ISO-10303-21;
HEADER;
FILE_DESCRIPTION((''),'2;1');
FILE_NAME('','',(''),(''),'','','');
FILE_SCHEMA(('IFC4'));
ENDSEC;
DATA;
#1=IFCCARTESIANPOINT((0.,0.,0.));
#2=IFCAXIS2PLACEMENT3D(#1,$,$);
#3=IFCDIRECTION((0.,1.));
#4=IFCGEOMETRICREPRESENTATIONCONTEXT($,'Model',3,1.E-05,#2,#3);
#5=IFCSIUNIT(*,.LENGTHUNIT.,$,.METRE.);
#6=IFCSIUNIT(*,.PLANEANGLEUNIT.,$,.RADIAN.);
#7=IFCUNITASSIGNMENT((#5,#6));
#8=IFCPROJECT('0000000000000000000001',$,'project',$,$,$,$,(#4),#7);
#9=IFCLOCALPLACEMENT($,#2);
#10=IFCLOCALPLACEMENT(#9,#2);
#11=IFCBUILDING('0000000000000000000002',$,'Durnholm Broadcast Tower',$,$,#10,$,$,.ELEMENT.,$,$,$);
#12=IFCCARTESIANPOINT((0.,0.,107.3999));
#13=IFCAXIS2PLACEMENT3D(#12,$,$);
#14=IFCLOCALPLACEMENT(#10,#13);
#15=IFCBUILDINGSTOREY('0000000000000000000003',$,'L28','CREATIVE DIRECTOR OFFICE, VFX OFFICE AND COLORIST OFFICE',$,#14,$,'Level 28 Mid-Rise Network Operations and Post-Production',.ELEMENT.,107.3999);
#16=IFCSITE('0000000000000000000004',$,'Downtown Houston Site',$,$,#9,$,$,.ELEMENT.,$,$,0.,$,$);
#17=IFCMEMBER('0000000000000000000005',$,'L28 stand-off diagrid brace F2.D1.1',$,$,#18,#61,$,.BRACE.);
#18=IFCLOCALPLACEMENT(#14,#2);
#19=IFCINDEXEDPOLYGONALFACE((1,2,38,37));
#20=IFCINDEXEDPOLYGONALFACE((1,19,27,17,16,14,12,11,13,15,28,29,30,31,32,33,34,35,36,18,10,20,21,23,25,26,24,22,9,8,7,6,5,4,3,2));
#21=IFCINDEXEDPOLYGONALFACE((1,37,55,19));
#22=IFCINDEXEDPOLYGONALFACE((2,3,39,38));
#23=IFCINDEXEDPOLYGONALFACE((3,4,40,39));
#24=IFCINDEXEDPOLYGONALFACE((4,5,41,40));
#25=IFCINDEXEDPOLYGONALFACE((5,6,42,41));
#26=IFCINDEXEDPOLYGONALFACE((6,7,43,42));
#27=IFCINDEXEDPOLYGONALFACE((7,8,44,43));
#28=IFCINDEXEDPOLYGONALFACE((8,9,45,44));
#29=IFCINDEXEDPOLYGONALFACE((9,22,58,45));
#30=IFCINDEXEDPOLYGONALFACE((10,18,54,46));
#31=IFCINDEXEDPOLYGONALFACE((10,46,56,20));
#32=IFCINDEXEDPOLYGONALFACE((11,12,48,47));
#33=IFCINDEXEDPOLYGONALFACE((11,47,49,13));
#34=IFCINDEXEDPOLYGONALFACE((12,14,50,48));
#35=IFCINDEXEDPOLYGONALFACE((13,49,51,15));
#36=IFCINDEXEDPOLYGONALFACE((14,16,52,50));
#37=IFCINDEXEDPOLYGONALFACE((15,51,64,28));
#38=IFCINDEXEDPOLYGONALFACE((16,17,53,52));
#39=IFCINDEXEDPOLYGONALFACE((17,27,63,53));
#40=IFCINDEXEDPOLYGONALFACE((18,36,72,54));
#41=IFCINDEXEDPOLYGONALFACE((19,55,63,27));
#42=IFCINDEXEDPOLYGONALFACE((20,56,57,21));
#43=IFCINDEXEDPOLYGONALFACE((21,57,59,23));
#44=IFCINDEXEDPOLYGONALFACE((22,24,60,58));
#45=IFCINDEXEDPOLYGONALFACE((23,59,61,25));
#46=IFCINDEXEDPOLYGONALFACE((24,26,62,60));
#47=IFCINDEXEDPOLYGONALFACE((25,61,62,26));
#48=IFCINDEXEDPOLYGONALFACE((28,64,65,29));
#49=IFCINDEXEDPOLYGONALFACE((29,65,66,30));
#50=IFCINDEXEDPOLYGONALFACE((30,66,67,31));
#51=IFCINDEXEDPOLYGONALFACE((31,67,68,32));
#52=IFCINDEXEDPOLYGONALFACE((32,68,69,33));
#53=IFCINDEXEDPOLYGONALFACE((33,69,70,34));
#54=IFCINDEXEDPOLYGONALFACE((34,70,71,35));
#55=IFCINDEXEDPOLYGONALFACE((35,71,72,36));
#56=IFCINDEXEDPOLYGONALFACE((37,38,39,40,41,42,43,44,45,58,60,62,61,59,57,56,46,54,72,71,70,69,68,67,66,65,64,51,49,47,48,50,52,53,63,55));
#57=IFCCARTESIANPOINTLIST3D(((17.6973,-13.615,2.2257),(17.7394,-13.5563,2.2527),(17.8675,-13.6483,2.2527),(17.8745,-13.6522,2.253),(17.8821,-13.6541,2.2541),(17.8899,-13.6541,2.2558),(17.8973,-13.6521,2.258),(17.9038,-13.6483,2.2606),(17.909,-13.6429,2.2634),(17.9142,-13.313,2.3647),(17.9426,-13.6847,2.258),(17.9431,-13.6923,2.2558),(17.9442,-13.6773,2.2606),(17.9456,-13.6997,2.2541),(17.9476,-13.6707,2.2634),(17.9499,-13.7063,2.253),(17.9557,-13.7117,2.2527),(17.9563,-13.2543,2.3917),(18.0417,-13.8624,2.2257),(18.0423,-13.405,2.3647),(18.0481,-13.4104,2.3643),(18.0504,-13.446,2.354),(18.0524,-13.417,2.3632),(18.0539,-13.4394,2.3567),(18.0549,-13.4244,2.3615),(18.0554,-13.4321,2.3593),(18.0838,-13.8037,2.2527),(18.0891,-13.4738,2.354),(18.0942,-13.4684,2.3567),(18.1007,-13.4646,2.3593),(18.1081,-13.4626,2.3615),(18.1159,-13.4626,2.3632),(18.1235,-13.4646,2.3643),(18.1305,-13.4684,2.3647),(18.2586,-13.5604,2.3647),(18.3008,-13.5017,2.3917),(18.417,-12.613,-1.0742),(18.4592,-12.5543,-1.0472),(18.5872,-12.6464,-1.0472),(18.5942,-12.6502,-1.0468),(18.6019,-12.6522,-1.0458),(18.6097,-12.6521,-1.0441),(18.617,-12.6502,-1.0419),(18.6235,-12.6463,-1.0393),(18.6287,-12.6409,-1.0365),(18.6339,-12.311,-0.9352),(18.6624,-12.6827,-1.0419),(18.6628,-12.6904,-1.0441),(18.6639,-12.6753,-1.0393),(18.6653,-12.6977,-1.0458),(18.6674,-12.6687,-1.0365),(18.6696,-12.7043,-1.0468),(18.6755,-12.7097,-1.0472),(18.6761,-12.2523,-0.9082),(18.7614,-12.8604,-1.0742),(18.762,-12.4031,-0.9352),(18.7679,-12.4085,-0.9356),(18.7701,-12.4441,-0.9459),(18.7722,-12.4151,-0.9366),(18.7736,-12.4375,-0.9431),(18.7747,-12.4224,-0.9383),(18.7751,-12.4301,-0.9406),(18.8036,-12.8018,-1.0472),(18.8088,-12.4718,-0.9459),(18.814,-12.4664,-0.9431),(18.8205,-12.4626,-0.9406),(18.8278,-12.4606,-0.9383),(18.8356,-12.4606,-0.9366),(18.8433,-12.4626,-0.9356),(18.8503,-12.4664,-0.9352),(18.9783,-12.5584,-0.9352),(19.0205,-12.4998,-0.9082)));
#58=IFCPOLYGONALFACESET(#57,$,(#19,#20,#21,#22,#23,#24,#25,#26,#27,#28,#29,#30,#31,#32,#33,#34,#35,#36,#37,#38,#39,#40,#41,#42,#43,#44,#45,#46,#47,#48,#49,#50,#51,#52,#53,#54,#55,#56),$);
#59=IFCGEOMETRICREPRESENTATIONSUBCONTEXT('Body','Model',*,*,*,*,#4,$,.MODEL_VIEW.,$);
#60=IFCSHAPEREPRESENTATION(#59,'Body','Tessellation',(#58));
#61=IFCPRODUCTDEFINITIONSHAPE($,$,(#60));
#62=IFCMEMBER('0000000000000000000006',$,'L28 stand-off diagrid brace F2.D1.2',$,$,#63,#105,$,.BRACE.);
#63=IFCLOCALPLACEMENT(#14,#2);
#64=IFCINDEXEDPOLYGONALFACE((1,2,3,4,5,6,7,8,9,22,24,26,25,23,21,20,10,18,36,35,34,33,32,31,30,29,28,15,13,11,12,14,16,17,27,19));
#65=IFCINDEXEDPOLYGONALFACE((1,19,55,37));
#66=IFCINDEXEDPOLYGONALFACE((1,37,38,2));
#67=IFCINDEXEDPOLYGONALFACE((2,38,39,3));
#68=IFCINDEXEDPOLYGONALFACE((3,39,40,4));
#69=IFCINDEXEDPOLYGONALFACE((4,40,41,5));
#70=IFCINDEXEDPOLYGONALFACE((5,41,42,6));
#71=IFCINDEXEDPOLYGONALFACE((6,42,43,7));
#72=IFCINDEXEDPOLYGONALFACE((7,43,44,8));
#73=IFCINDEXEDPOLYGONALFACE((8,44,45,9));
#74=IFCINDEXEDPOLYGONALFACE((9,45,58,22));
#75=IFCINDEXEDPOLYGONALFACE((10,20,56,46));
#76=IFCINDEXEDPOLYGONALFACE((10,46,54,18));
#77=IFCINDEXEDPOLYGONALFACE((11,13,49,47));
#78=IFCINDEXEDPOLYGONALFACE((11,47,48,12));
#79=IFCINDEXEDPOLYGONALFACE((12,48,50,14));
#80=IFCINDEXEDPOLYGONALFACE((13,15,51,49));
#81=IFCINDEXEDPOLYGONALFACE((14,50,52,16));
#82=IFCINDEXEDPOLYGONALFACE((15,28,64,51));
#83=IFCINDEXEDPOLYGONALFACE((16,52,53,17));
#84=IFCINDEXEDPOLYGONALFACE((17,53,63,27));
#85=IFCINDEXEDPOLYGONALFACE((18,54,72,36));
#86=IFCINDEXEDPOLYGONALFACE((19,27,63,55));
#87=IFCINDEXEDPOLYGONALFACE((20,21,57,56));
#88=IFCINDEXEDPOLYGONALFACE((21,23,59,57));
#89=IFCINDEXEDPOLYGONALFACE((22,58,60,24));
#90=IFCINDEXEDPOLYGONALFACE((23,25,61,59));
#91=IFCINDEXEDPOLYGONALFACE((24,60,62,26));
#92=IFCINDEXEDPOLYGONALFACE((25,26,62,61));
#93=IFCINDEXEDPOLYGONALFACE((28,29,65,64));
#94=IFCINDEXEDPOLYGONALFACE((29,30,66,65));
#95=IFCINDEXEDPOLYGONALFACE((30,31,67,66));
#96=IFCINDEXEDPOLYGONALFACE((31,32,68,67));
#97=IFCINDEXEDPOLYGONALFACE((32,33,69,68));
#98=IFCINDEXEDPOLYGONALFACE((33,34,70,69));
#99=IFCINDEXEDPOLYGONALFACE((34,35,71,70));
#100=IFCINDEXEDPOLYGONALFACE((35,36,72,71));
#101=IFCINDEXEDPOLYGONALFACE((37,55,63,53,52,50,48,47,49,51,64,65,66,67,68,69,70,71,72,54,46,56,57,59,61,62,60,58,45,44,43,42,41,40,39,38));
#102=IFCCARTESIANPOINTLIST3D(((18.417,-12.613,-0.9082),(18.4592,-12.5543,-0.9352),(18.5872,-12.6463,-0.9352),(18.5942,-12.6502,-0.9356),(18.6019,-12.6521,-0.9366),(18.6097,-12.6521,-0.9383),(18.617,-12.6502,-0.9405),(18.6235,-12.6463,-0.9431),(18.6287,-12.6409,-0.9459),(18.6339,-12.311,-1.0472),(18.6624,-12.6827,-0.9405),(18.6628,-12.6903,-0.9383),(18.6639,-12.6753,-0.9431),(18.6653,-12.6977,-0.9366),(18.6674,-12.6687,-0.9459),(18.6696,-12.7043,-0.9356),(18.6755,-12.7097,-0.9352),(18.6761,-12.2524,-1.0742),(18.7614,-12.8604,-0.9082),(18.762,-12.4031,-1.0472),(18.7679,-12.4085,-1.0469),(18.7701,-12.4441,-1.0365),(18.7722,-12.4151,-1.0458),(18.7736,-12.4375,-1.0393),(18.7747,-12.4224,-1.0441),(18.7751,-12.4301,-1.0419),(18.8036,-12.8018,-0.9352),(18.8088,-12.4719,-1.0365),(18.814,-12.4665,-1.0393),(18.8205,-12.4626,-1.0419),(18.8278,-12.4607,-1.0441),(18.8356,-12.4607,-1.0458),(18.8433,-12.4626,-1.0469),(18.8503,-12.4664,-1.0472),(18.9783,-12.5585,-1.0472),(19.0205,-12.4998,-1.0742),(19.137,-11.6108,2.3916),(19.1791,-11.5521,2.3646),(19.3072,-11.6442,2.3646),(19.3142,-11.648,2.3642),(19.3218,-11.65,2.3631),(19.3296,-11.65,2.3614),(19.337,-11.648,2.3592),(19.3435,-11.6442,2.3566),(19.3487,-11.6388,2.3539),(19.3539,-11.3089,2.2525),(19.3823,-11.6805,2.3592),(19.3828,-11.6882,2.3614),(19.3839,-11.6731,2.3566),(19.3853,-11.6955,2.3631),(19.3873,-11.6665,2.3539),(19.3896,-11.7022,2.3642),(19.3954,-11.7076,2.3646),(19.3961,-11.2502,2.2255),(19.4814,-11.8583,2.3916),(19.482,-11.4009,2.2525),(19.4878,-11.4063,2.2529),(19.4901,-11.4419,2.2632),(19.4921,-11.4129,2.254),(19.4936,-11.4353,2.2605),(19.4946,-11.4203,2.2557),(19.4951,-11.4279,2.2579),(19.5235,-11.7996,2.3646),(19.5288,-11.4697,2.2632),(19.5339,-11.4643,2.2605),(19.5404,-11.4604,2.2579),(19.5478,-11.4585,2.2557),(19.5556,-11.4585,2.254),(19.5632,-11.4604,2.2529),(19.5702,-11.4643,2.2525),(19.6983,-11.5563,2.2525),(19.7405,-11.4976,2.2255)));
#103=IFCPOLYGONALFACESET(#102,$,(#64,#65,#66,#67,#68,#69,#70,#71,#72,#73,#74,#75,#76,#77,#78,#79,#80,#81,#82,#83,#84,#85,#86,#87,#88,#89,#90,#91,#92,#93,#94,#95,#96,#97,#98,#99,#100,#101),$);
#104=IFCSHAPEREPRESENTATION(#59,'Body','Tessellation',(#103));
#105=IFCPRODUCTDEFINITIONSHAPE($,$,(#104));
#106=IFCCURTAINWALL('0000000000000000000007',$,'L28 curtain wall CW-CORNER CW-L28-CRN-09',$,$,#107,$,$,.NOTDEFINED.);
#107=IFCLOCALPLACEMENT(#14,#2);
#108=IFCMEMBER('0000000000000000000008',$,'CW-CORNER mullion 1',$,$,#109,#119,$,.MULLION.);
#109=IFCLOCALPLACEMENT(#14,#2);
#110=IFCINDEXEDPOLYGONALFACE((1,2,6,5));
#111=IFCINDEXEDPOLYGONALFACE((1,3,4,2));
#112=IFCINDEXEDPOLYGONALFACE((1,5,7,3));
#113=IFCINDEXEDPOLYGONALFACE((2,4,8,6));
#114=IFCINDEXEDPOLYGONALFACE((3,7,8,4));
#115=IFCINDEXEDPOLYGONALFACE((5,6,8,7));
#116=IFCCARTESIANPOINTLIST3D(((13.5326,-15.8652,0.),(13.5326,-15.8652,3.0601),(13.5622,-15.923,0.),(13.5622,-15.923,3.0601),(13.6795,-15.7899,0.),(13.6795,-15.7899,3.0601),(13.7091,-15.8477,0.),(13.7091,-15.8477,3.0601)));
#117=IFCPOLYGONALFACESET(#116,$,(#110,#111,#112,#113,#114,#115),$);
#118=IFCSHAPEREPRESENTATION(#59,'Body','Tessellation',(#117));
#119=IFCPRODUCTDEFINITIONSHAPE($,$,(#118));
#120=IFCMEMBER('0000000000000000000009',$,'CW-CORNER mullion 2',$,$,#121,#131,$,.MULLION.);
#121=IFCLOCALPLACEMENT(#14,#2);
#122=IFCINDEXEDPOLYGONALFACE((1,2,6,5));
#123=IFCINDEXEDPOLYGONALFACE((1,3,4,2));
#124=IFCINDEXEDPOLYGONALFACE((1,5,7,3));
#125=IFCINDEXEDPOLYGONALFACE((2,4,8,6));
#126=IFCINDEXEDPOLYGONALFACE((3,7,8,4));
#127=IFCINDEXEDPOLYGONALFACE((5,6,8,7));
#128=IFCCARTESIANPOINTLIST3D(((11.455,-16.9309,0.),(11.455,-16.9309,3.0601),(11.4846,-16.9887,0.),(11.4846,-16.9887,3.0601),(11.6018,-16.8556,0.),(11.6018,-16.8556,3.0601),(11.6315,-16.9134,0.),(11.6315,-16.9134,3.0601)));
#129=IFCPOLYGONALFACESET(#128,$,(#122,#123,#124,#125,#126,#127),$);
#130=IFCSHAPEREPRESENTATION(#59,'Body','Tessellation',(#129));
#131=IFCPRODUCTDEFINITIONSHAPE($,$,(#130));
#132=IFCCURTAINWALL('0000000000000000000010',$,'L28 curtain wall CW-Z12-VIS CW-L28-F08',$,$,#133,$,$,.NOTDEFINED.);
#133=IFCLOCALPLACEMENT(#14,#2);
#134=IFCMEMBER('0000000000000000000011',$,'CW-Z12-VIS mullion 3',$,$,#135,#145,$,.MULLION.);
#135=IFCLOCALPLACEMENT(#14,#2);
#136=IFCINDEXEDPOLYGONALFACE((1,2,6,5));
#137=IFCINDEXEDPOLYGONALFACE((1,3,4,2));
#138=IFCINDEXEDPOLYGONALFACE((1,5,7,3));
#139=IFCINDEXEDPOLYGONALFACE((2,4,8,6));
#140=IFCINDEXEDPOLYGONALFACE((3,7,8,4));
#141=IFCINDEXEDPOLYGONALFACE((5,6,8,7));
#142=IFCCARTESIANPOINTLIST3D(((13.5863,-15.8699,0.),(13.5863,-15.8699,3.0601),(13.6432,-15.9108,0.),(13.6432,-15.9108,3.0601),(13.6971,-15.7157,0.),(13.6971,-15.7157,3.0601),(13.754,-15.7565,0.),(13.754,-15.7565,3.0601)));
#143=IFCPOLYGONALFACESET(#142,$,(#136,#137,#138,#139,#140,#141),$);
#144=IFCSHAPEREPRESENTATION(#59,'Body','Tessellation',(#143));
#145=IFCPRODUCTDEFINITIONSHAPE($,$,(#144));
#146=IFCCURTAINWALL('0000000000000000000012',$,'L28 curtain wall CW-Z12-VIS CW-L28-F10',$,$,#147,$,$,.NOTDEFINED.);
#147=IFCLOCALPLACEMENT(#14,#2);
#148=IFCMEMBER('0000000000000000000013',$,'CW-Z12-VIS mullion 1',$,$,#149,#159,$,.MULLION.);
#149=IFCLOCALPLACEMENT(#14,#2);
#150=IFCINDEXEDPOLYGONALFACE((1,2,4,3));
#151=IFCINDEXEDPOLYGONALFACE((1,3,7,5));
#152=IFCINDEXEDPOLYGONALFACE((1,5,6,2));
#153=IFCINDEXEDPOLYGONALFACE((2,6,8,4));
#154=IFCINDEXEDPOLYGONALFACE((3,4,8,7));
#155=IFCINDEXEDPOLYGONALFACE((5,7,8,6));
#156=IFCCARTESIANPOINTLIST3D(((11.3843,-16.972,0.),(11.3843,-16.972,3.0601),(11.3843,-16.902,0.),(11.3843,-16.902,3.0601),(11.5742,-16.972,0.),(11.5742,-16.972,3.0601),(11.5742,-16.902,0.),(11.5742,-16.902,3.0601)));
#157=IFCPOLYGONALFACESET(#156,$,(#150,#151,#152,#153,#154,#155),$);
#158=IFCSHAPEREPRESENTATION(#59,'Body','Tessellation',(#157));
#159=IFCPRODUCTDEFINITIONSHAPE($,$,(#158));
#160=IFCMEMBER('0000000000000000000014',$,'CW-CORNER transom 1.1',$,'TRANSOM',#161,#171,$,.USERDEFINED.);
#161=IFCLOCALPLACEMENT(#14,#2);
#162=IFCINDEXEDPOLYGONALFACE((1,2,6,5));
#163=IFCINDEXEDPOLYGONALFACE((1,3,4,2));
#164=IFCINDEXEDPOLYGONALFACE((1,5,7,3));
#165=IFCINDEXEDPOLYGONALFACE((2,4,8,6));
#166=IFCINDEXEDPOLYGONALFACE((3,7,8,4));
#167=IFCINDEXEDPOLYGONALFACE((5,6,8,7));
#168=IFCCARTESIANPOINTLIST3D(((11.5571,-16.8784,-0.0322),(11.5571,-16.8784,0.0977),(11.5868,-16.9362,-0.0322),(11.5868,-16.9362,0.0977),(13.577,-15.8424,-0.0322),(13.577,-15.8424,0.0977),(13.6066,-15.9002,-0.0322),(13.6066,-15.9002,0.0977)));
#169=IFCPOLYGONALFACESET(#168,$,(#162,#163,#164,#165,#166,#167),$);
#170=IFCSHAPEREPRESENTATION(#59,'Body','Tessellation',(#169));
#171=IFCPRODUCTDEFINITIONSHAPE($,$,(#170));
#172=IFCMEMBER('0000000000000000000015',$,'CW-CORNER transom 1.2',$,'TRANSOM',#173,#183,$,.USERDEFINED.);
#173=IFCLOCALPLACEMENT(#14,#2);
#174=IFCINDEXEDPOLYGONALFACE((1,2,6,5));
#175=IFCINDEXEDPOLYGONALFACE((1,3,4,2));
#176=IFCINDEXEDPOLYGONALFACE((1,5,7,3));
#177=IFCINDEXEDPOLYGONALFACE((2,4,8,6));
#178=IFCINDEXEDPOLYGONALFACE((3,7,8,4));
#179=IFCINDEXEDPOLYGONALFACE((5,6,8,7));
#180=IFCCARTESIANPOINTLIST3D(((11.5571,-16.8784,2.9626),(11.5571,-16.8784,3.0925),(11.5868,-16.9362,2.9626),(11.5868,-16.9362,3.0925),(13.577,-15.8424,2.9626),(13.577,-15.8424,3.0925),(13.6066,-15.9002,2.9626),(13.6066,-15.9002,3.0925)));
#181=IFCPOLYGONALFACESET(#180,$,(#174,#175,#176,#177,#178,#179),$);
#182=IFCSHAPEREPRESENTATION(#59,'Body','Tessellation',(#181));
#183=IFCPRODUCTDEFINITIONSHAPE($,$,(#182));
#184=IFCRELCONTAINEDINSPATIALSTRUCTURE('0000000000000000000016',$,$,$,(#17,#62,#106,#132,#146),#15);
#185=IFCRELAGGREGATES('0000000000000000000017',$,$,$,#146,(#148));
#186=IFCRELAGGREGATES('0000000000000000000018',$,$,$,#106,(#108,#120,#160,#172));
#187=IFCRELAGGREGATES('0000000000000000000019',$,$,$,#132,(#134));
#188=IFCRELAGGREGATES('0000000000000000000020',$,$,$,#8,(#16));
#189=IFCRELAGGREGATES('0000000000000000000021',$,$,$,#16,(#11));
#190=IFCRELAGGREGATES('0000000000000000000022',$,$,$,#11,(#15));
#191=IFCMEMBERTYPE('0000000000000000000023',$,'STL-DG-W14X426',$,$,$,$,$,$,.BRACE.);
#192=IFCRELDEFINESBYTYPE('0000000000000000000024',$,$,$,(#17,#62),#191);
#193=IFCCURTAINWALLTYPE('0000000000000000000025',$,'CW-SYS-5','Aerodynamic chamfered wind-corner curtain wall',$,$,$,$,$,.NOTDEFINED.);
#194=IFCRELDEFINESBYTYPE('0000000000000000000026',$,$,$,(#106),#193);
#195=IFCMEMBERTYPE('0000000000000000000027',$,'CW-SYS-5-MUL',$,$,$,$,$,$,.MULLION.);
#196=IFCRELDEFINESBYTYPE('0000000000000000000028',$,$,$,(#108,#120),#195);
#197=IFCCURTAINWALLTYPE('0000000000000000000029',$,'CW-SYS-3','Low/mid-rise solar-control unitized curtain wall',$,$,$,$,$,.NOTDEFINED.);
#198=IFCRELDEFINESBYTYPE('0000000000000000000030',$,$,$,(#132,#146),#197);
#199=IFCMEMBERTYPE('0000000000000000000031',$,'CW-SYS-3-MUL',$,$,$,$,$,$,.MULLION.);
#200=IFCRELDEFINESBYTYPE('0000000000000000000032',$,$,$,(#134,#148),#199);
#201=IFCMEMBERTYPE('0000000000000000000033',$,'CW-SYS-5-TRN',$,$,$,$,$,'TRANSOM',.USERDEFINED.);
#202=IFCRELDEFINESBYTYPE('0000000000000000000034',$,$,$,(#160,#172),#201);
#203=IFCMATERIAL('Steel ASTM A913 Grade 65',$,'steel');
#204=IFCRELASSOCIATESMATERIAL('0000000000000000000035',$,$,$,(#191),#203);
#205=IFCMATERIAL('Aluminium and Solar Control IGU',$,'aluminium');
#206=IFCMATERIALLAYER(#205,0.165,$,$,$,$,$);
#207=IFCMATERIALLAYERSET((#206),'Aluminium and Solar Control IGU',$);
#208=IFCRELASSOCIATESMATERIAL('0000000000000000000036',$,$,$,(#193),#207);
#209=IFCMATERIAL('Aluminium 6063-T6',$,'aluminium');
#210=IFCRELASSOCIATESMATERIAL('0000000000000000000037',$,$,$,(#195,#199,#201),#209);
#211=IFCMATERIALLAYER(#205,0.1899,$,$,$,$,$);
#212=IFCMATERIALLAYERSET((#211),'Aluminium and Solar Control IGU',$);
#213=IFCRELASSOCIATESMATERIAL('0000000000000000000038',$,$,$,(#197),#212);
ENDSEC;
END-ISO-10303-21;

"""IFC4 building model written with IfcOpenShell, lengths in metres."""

from ifc_helpers import new_model, si_unit, direction, frame, origin, origin_2d, place, context, subcontext, project, spatial, rectangle, i_section, extrude, source, transform, mapped, material, layer, layer_set, material_profile, profile_set, type_object, type_shapes, element, aggregate, save


model = new_model("IFC4")

# Units and contexts
model_context = context("Model", 3, precision=1e-05, world=origin(), true_north=direction((0.0, 1.0)))
body_context = subcontext(model_context, "Body", "Model", "MODEL_VIEW")
ifc_project = project(units=[si_unit("LENGTHUNIT", "METRE"), si_unit("PLANEANGLEUNIT", "RADIAN")], contexts=[model_context])

# Site, building, storey
site_placement = place(None, origin())
site = spatial("IfcSite", under=ifc_project, at=site_placement, Name="Downtown Houston Site", CompositionType="ELEMENT", RefElevation=0.0)
building_placement = place(site_placement, origin())
building = spatial("IfcBuilding", under=site, at=building_placement, Name="Durnholm Broadcast Tower", CompositionType="ELEMENT")
storey_placement = place(building_placement, frame((0.0, 0.0, 107.3999)))
storey = spatial("IfcBuildingStorey", under=building, at=storey_placement, Name="L28", Description="CREATIVE DIRECTOR OFFICE, VFX OFFICE AND COLORIST OFFICE", LongName="Level 28 Mid-Rise Network Operations and Post-Production", CompositionType="ELEMENT", Elevation=107.3999)

# Members
ifc_material_1 = material(Name="Steel ASTM A913 Grade 65", Category="steel")
ifc_material_profile_1 = material_profile(ifc_material_1, i_section(OverallWidth=0.4241, OverallDepth=0.4741, WebThickness=0.0476, FlangeThickness=0.0771, FilletRadius=0.0305, at=origin_2d()), Name="W14X426")
ifc_profile_set_1 = profile_set([ifc_material_profile_1], Name="Steel ASTM A913 Grade 65")
member_type_1 = type_object("IfcMemberType", Name="STL-DG-W14X426", PredefinedType="BRACE", material=ifc_profile_set_1)
shared_shape_1 = source(origin(), body_context, "Body", "SweptSolid", [
    extrude(i_section(OverallWidth=0.4241, OverallDepth=0.4741, WebThickness=0.0476, FlangeThickness=0.0771, FilletRadius=0.0305, at=origin_2d()), origin(), (0.0, 0.0, 1.0), 3.5229),
])
type_shapes(member_type_1, [shared_shape_1])
for number, where, z_axis, x_axis, name in (
    (1, (18.7188, -12.5564, -0.9912), (-0.204301, -0.284414, 0.93668), (0.812179, -0.583408, 0.0), "L28 stand-off diagrid brace F2.D1.1"),
    (2, (18.7188, -12.5564, -0.9912), (0.204363, 0.284473, 0.936649), (-0.812153, 0.583444, 0.0), "L28 stand-off diagrid brace F2.D1.2"),
):
    element("IfcMember", number, at=place(storey_placement, frame(where, z_axis=z_axis, x_axis=x_axis)), inside=storey, type_object=member_type_1, Name=name, PredefinedType="BRACE", context=body_context, shape_type="MappedRepresentation", body=[
        mapped(shared_shape_1, transform((0.0, 0.0, 0.0), x_axis=(1.0, 0.0, 0.0), y_axis=(0.0, 1.0, 0.0), z_axis=(0.0, 0.0, 1.0), scale=1.0)),
    ])

# Curtain wall, members
ifc_material_2 = material(Name="Aluminium and Solar Control IGU", Category="aluminium")
ifc_layer_1 = layer(ifc_material_2, 0.165)
ifc_layer_set_1 = layer_set([ifc_layer_1], Name="Aluminium and Solar Control IGU")
curtain_wall_type_1 = type_object("IfcCurtainWallType", Name="CW-SYS-5", Description="Aerodynamic chamfered wind-corner curtain wall", PredefinedType="NOTDEFINED", material=ifc_layer_set_1)
curtain_wall_1_placement = place(storey_placement, origin())
curtain_wall_1 = element("IfcCurtainWall", 3, at=curtain_wall_1_placement, inside=storey, type_object=curtain_wall_type_1, Name="L28 curtain wall CW-CORNER CW-L28-CRN-09", PredefinedType="NOTDEFINED")
ifc_material_3 = material(Name="Aluminium 6063-T6", Category="aluminium")
ifc_material_profile_2 = material_profile(ifc_material_3, rectangle(XDim=0.0649, YDim=0.165, at=origin_2d()), Name="CWM65X165")
ifc_profile_set_2 = profile_set([ifc_material_profile_2], Name="Aluminium 6063-T6")
member_type_2 = type_object("IfcMemberType", Name="CW-SYS-5-MUL", PredefinedType="MULLION", material=ifc_profile_set_2)
shared_shape_2 = source(origin(), body_context, "Body", "SweptSolid", [
    extrude(rectangle(XDim=0.0649, YDim=0.165, at=origin_2d()), origin(), (0.0, 0.0, 1.0), 3.0601),
])
type_shapes(member_type_2, [shared_shape_2])
member_1_placement = place(storey_placement, frame((13.6208, -15.8564, 0.0), z_axis=(0.0, 0.0, 1.0), x_axis=(0.456373, -0.889788, 0.0)))
member_1 = element("IfcMember", 4, at=member_1_placement, type_object=member_type_2, Name="CW-CORNER mullion 1", PredefinedType="MULLION", context=body_context, shape_type="MappedRepresentation", body=[
    mapped(shared_shape_2, transform((0.0, 0.0, 0.0), x_axis=(1.0, 0.0, 0.0), y_axis=(0.0, 1.0, 0.0), z_axis=(0.0, 0.0, 1.0), scale=1.0)),
])
member_2_placement = place(storey_placement, frame((11.5432, -16.9221, 0.0), z_axis=(0.0, 0.0, 1.0), x_axis=(0.456373, -0.889788, 0.0)))
member_2 = element("IfcMember", 5, at=member_2_placement, type_object=member_type_2, Name="CW-CORNER mullion 2", PredefinedType="MULLION", context=body_context, shape_type="MappedRepresentation", body=[
    mapped(shared_shape_2, transform((0.0, 0.0, 0.0), x_axis=(1.0, 0.0, 0.0), y_axis=(0.0, 1.0, 0.0), z_axis=(0.0, 0.0, 1.0), scale=1.0)),
])

# Curtain walls, members
ifc_layer_2 = layer(ifc_material_2, 0.1899)
ifc_layer_set_2 = layer_set([ifc_layer_2], Name="Aluminium and Solar Control IGU")
curtain_wall_type_2 = type_object("IfcCurtainWallType", Name="CW-SYS-3", Description="Low/mid-rise solar-control unitized curtain wall", PredefinedType="NOTDEFINED", material=ifc_layer_set_2)
curtain_wall_2_placement = place(storey_placement, origin())
curtain_wall_2 = element("IfcCurtainWall", 6, at=curtain_wall_2_placement, inside=storey, type_object=curtain_wall_type_2, Name="L28 curtain wall CW-Z12-VIS CW-L28-F08", PredefinedType="NOTDEFINED")
ifc_material_profile_3 = material_profile(ifc_material_3, rectangle(XDim=0.0701, YDim=0.1899, at=origin_2d()), Name="CWM70X190")
ifc_profile_set_3 = profile_set([ifc_material_profile_3], Name="Aluminium 6063-T6")
member_type_3 = type_object("IfcMemberType", Name="CW-SYS-3-MUL", PredefinedType="MULLION", material=ifc_profile_set_3)
shared_shape_3 = source(origin(), body_context, "Body", "SweptSolid", [
    extrude(rectangle(XDim=0.0701, YDim=0.1899, at=origin_2d()), origin(), (0.0, 0.0, 1.0), 3.0601),
])
type_shapes(member_type_3, [shared_shape_3])
member_3_placement = place(storey_placement, frame((13.6702, -15.8132, 0.0), z_axis=(0.0, 0.0, 1.0), x_axis=(0.812152, -0.583445, 0.0)))
member_3 = element("IfcMember", 7, at=member_3_placement, type_object=member_type_3, Name="CW-Z12-VIS mullion 3", PredefinedType="MULLION", context=body_context, shape_type="MappedRepresentation", body=[
    mapped(shared_shape_3, transform((0.0, 0.0, 0.0), x_axis=(1.0, 0.0, 0.0), y_axis=(0.0, 1.0, 0.0), z_axis=(0.0, 0.0, 1.0), scale=1.0)),
])
curtain_wall_3_placement = place(storey_placement, origin())
curtain_wall_3 = element("IfcCurtainWall", 8, at=curtain_wall_3_placement, inside=storey, type_object=curtain_wall_type_2, Name="L28 curtain wall CW-Z12-VIS CW-L28-F10", PredefinedType="NOTDEFINED")
member_4_placement = place(storey_placement, frame((11.4792, -16.937, 0.0), z_axis=(0.0, 0.0, 1.0), x_axis=(0.0, -1.0, 0.0)))
member_4 = element("IfcMember", 9, at=member_4_placement, type_object=member_type_3, Name="CW-Z12-VIS mullion 1", PredefinedType="MULLION", context=body_context, shape_type="MappedRepresentation", body=[
    mapped(shared_shape_3, transform((0.0, 0.0, 0.0), x_axis=(1.0, 0.0, 0.0), y_axis=(0.0, 1.0, 0.0), z_axis=(0.0, 0.0, 1.0), scale=1.0)),
])

# Members
ifc_material_profile_4 = material_profile(ifc_material_3, rectangle(XDim=0.0649, YDim=0.1299, at=origin_2d()), Name="CWT65X130")
ifc_profile_set_4 = profile_set([ifc_material_profile_4], Name="Aluminium 6063-T6")
member_type_4 = type_object("IfcMemberType", Name="CW-SYS-5-TRN", ElementType="TRANSOM", PredefinedType="USERDEFINED", material=ifc_profile_set_4)
shared_shape_4 = source(origin(), body_context, "Body", "SweptSolid", [
    extrude(rectangle(XDim=0.0649, YDim=0.1299, at=origin_2d()), origin(), (0.0, 0.0, 1.0), 2.27),
])
type_shapes(member_type_4, [shared_shape_4])
member_5_placement = place(storey_placement, frame((13.5918, -15.8713, 0.0327), z_axis=(-0.889798, -0.456354, 0.0), x_axis=(0.456354, -0.889798, 0.0)))
member_5 = element("IfcMember", 10, at=member_5_placement, type_object=member_type_4, Name="CW-CORNER transom 1.1", ObjectType="TRANSOM", PredefinedType="USERDEFINED", context=body_context, shape_type="MappedRepresentation", body=[
    mapped(shared_shape_4, transform((0.0, 0.0, 0.0), x_axis=(1.0, 0.0, 0.0), y_axis=(0.0, 1.0, 0.0), z_axis=(0.0, 0.0, 1.0), scale=1.0)),
])
member_6_placement = place(storey_placement, frame((13.5918, -15.8713, 3.0276), z_axis=(-0.889798, -0.456354, 0.0), x_axis=(0.456354, -0.889798, 0.0)))
member_6 = element("IfcMember", 11, at=member_6_placement, type_object=member_type_4, Name="CW-CORNER transom 1.2", ObjectType="TRANSOM", PredefinedType="USERDEFINED", context=body_context, shape_type="MappedRepresentation", body=[
    mapped(shared_shape_4, transform((0.0, 0.0, 0.0), x_axis=(1.0, 0.0, 0.0), y_axis=(0.0, 1.0, 0.0), z_axis=(0.0, 0.0, 1.0), scale=1.0)),
])
aggregate(curtain_wall_3, [member_4])

aggregate(curtain_wall_1, [member_1, member_2, member_5, member_6])
aggregate(curtain_wall_2, [member_3])

save(model, "model.ifc")
